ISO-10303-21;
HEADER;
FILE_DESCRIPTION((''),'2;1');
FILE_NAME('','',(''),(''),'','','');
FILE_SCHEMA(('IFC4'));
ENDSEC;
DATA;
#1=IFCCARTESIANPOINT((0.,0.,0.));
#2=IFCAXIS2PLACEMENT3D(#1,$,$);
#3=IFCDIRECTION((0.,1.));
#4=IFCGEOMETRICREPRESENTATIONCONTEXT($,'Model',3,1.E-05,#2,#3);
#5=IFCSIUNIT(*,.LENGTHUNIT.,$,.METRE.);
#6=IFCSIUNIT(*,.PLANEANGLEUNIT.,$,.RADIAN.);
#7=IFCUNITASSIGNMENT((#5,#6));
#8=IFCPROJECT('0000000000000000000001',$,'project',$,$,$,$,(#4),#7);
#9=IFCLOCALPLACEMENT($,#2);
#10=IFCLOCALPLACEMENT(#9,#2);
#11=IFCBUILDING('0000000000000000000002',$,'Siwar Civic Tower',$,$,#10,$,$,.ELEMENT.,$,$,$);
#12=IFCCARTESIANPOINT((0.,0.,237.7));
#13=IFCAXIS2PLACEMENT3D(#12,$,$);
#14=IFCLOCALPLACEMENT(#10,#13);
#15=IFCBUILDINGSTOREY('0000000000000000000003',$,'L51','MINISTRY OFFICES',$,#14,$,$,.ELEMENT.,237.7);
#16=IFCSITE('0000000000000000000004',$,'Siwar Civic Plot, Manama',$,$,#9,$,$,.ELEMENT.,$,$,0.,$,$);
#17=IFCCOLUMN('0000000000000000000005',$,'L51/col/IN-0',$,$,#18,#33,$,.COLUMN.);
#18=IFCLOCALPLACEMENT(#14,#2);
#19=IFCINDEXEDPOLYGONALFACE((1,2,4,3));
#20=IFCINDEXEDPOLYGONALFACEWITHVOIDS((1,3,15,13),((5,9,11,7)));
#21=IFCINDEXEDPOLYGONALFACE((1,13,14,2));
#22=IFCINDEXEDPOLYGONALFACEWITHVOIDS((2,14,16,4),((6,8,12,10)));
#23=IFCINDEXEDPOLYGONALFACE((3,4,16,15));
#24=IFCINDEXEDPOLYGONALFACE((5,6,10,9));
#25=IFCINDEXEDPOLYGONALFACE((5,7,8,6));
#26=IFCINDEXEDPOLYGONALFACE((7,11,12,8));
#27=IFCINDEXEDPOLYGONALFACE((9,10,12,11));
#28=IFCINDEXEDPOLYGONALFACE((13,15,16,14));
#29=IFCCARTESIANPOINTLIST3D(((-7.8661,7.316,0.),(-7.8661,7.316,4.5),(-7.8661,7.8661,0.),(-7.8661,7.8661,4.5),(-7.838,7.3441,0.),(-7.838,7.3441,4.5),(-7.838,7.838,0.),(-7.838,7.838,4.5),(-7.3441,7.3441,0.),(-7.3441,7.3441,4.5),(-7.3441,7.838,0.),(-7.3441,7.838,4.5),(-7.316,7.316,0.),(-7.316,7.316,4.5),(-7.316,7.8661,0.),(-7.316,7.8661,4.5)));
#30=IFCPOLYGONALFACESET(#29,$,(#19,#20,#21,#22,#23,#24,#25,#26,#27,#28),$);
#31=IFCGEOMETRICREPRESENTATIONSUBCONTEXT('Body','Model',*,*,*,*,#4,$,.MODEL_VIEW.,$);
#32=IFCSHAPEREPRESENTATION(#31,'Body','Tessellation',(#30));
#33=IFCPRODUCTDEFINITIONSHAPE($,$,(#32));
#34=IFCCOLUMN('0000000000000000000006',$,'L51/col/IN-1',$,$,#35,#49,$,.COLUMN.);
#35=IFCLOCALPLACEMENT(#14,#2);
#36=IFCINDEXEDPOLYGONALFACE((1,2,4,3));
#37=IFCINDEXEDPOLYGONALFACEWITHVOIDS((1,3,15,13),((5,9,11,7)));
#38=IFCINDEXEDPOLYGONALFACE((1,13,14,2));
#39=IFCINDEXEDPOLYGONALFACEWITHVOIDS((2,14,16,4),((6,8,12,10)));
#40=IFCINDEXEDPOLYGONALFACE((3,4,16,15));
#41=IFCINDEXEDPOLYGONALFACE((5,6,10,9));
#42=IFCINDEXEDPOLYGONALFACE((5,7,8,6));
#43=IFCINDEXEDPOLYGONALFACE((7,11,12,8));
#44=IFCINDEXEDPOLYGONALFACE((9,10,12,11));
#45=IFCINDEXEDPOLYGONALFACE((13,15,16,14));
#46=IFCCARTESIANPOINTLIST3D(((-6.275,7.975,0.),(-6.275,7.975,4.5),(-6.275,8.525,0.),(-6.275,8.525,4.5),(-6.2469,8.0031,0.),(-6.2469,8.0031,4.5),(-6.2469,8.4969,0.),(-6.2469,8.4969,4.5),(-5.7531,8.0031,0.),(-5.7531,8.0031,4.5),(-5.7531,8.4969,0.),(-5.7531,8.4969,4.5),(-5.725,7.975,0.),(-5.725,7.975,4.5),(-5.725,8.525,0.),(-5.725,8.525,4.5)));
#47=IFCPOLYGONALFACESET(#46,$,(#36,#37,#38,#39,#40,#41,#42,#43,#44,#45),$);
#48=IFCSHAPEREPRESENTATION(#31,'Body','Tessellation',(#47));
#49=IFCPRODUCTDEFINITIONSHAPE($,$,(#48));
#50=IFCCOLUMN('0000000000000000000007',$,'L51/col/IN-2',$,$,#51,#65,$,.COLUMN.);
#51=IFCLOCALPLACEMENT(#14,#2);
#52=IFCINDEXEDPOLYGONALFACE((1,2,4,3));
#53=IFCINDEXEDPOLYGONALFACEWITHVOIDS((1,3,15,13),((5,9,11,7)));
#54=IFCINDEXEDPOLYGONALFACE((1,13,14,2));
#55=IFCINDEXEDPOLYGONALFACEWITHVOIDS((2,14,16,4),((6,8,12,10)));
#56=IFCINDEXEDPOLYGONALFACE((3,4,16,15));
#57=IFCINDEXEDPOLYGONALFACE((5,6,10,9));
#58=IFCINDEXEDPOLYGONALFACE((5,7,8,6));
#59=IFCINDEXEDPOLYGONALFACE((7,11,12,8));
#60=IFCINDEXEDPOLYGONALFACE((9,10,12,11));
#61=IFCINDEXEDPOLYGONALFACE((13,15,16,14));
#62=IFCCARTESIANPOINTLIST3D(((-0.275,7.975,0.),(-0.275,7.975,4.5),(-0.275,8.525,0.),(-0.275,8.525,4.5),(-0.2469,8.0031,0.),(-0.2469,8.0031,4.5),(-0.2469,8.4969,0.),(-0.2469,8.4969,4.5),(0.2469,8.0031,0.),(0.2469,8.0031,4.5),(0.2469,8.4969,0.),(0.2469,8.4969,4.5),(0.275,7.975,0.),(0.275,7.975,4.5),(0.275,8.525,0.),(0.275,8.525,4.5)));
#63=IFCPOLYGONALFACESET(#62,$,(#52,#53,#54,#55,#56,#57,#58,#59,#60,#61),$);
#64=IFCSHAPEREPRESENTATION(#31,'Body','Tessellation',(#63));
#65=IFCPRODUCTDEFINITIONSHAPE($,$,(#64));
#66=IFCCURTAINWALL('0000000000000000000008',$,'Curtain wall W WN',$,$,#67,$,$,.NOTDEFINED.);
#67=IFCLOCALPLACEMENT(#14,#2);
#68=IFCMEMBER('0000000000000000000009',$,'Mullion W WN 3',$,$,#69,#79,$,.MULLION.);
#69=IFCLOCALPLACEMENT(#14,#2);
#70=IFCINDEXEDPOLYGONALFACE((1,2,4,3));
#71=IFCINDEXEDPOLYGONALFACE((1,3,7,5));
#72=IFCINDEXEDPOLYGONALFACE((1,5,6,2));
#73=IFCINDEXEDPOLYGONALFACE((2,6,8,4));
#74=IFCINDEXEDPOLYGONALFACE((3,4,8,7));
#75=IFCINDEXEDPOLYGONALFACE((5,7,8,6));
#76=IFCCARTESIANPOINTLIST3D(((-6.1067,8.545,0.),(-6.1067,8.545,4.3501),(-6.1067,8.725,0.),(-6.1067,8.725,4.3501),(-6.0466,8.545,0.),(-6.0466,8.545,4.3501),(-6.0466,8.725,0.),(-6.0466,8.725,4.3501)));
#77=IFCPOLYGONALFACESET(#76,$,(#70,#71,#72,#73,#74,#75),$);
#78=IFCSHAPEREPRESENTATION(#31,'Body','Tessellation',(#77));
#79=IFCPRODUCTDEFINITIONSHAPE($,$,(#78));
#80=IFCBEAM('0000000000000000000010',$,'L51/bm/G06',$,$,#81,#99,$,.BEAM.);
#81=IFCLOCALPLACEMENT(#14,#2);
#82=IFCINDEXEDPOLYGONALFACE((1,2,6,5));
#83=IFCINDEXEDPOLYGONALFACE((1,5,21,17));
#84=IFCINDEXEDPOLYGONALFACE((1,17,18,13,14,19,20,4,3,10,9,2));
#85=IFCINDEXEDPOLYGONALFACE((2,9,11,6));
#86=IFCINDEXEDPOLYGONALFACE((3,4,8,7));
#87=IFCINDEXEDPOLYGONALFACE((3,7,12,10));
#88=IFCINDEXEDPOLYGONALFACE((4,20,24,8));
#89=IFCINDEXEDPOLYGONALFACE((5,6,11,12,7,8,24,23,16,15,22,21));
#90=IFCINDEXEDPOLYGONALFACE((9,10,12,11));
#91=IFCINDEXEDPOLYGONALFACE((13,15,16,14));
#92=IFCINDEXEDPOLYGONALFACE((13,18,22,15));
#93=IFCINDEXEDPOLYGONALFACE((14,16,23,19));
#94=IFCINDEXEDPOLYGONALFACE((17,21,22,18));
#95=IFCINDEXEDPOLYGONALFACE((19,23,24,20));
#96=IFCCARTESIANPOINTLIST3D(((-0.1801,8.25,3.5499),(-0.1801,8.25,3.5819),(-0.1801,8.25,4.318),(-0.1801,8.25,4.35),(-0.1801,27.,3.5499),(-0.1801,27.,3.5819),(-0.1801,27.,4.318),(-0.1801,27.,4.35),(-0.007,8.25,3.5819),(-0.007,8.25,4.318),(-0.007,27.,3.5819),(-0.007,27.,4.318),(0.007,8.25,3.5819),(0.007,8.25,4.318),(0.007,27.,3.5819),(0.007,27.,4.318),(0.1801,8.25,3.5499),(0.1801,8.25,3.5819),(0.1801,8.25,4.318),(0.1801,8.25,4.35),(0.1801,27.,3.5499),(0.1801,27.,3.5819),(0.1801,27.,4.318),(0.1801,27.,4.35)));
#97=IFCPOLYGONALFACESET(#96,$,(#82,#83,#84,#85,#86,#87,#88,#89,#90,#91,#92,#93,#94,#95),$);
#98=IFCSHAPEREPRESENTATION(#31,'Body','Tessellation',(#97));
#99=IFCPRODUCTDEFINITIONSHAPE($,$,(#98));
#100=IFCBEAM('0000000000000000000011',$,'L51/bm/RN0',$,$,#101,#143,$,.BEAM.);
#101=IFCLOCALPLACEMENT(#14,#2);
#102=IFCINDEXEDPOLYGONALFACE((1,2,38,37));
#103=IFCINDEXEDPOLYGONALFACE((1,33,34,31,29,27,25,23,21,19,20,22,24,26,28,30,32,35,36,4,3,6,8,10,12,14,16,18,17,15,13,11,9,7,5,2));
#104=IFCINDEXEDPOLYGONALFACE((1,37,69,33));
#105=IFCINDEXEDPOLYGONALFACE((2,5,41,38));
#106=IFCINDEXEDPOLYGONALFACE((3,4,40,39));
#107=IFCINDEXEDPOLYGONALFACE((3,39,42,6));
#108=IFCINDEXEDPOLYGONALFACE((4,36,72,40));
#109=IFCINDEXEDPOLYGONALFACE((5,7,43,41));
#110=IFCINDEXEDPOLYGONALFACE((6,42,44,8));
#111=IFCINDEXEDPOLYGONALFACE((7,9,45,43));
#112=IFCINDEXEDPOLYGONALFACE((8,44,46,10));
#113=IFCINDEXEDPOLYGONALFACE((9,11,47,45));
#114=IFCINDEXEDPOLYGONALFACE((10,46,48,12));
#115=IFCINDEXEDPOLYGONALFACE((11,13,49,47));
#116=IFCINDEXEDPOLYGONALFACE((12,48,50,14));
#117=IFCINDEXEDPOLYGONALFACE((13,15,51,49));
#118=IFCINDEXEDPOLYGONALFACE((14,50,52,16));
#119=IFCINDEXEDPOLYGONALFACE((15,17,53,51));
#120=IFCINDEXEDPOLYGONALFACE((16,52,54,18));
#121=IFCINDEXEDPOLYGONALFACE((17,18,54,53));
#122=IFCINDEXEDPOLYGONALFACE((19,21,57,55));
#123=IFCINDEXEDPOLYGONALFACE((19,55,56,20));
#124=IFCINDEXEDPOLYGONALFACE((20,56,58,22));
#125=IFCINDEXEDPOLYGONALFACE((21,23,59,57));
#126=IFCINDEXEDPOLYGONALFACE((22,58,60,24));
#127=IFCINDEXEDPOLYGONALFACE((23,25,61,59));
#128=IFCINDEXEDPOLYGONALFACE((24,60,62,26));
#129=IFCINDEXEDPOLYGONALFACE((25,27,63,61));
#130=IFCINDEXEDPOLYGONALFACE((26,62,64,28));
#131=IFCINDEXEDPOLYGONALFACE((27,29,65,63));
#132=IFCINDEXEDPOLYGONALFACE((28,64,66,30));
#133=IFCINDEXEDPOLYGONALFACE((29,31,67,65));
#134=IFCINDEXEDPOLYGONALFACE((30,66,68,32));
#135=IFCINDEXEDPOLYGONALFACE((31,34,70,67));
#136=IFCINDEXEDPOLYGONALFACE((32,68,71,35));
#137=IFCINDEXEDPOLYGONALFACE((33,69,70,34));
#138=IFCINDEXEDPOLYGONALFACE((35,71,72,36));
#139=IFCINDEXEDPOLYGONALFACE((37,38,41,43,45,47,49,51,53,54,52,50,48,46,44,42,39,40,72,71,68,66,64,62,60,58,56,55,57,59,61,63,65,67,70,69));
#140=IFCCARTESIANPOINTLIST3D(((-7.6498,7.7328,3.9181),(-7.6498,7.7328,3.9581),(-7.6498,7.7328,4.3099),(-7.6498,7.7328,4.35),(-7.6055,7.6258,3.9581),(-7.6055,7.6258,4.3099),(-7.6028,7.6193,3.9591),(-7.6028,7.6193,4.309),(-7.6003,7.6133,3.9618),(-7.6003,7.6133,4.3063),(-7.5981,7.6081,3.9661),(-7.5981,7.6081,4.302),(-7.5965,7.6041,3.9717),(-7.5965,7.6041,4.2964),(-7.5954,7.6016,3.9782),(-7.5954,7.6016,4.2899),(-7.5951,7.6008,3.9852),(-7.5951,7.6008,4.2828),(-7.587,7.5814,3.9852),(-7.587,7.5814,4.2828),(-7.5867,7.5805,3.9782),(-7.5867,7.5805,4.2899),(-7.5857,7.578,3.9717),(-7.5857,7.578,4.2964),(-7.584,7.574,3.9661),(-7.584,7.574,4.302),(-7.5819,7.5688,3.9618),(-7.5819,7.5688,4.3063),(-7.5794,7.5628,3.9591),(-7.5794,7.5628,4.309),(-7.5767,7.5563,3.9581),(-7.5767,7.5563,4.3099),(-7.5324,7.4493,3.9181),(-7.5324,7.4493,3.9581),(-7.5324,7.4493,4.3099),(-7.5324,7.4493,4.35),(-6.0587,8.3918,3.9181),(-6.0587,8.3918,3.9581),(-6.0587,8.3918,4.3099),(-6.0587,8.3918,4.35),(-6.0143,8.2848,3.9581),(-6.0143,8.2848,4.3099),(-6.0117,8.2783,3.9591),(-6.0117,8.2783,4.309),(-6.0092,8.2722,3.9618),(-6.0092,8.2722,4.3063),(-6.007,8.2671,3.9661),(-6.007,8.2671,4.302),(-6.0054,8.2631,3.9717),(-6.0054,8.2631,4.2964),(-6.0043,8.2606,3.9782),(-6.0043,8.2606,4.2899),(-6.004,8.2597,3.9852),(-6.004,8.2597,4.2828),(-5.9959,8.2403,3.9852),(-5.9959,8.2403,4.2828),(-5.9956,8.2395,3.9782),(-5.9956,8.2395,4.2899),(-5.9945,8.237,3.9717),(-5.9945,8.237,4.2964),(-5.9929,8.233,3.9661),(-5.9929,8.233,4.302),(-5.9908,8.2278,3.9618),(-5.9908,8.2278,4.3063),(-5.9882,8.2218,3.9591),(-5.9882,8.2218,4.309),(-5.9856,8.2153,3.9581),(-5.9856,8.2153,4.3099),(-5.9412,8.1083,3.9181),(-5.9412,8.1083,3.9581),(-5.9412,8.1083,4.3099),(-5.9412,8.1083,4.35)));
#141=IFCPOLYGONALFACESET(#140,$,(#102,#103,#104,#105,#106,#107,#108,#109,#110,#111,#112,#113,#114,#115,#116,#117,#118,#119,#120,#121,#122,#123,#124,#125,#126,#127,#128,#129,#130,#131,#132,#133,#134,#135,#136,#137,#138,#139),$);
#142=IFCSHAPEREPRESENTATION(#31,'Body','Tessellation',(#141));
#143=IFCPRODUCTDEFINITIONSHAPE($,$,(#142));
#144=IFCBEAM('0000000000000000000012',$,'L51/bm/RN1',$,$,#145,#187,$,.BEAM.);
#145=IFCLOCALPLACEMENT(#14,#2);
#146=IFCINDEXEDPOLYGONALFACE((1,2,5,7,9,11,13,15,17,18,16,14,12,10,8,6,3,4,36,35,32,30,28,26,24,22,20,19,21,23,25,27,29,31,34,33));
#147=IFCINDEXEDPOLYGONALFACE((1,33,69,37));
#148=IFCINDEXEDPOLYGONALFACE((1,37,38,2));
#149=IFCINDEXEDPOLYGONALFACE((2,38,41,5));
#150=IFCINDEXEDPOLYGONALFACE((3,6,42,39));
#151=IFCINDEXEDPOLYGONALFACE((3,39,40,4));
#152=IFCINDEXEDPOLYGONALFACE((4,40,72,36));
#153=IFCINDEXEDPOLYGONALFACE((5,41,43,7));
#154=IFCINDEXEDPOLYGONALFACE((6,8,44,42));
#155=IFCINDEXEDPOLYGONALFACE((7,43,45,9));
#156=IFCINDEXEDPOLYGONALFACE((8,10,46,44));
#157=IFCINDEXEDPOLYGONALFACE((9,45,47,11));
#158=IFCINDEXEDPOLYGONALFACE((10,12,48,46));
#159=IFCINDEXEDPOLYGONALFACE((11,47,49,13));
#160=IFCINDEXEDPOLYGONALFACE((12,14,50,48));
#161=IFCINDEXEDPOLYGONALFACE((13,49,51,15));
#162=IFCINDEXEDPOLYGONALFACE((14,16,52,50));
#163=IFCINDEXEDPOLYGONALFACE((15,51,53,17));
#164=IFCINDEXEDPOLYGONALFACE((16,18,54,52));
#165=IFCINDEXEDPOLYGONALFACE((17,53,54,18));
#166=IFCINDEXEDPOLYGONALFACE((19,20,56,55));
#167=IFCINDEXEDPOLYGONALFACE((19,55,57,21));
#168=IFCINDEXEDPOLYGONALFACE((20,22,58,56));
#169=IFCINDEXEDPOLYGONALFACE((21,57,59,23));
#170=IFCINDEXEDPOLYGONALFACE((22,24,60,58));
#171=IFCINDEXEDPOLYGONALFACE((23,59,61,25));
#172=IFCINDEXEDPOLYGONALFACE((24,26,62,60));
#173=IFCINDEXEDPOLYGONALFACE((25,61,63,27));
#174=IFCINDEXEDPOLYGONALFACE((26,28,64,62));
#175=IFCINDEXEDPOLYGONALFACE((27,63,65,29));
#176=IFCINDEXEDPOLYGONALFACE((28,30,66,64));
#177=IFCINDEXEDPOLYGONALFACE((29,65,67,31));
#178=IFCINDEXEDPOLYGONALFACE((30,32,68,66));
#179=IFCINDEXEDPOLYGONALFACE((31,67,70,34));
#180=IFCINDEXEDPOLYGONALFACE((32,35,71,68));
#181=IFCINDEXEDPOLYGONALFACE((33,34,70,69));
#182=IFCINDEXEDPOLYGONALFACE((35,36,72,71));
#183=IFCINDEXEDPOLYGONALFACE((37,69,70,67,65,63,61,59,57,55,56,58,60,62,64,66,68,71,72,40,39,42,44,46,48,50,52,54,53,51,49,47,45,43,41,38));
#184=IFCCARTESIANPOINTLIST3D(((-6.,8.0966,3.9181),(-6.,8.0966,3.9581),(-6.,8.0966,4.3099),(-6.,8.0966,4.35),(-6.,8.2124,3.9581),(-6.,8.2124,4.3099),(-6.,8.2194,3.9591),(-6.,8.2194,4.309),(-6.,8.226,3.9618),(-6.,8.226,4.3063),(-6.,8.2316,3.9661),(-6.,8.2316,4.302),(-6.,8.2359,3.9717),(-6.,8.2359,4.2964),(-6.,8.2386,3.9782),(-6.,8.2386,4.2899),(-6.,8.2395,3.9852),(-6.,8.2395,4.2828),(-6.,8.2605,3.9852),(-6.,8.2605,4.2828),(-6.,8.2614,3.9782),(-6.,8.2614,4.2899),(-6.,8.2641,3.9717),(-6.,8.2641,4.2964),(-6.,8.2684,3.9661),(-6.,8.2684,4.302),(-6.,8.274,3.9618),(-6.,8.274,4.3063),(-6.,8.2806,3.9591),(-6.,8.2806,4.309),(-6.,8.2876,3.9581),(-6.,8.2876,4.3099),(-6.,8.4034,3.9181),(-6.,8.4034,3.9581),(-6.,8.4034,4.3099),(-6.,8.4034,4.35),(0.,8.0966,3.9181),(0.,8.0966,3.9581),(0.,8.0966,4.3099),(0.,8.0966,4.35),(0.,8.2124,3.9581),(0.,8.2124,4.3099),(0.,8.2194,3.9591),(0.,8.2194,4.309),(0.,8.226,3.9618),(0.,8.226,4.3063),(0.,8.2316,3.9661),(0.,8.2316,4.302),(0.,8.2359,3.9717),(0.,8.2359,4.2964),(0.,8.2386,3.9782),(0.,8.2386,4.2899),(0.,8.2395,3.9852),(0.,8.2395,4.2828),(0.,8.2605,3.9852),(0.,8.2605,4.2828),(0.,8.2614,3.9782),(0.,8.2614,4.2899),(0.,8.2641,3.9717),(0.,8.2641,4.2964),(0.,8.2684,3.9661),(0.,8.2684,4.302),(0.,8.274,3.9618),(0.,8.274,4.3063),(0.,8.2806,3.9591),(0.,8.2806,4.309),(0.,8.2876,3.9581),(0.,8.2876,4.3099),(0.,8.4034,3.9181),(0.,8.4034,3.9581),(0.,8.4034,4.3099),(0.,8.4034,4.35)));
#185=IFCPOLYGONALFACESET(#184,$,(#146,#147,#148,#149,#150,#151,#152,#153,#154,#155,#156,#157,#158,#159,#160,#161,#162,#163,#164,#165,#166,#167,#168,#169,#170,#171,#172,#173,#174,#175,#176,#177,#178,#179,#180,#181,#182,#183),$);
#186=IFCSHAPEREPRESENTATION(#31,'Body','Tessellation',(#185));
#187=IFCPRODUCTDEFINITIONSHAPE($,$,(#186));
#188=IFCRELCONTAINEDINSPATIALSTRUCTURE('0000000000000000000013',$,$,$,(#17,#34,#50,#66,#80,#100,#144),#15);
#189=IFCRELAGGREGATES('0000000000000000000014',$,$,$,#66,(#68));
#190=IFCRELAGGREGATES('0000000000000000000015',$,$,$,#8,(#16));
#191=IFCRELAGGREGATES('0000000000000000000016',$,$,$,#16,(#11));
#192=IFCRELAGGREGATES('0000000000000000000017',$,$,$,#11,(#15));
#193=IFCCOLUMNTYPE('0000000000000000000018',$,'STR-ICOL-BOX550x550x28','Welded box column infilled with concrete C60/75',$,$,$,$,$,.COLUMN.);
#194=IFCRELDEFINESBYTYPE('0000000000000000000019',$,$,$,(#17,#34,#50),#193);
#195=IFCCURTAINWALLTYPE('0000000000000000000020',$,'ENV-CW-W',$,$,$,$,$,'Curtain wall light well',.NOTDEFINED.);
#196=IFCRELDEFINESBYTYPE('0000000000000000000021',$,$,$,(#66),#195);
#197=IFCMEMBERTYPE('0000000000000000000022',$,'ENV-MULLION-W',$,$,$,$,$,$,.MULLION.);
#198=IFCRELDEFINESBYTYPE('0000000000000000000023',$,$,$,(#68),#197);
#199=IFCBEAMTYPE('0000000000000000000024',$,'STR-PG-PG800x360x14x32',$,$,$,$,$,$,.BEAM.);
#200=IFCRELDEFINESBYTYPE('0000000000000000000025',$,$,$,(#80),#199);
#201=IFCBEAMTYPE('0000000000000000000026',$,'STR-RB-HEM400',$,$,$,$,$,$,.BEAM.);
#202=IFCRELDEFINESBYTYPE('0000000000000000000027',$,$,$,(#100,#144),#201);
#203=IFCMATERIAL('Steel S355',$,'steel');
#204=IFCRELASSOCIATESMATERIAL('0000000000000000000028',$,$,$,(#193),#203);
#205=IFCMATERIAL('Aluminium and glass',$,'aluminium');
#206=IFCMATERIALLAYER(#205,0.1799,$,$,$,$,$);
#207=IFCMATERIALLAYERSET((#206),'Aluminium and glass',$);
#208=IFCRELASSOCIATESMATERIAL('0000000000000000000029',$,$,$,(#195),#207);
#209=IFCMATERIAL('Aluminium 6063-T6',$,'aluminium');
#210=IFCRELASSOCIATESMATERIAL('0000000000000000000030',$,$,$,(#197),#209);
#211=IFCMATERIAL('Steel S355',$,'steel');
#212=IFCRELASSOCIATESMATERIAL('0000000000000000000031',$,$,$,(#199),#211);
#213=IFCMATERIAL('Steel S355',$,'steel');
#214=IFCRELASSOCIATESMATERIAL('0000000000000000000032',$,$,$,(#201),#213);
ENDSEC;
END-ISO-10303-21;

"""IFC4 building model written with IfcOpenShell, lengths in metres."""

from ifc_helpers import new_model, si_unit, direction, frame, origin, origin_2d, place, context, subcontext, project, spatial, rectangle, hollow_rectangle, i_section, extrude, material, layer, layer_set, material_profile, profile_set, type_object, element, aggregate, save


model = new_model("IFC4")

# Units and contexts
model_context = context("Model", 3, precision=1e-05, world=origin(), true_north=direction((0.0, 1.0)))
body_context = subcontext(model_context, "Body", "Model", "MODEL_VIEW")
ifc_project = project(units=[si_unit("LENGTHUNIT", "METRE"), si_unit("PLANEANGLEUNIT", "RADIAN")], contexts=[model_context])

# Site, building, storey
site_placement = place(None, origin())
site = spatial("IfcSite", under=ifc_project, at=site_placement, Name="Siwar Civic Plot, Manama", CompositionType="ELEMENT", RefElevation=0.0)
building_placement = place(site_placement, origin())
building = spatial("IfcBuilding", under=site, at=building_placement, Name="Siwar Civic Tower", CompositionType="ELEMENT")
storey_placement = place(building_placement, frame((0.0, 0.0, 237.7)))
storey = spatial("IfcBuildingStorey", under=building, at=storey_placement, Name="L51", Description="MINISTRY OFFICES", CompositionType="ELEMENT", Elevation=237.7)

# Columns
ifc_material_1 = material(Name="Steel S355", Category="steel")
ifc_material_profile_1 = material_profile(ifc_material_1, hollow_rectangle(XDim=0.55, YDim=0.55, WallThickness=0.0281, at=origin_2d()), Name="BOX550x550x28")
ifc_profile_set_1 = profile_set([ifc_material_profile_1], Name="Steel S355")
column_type = type_object("IfcColumnType", Name="STR-ICOL-BOX550x550x28", Description="Welded box column infilled with concrete C60/75", PredefinedType="COLUMN", material=ifc_profile_set_1)
for number, where, z_axis, x_axis, name in (
    (1, (-7.5911, 7.5911, 0.0), (0.0, 0.0, 1.0), (1.0, 0.0, 0.0), "L51/col/IN-0"),
    (2, (-6.0, 8.25, 0.0), (0.0, 0.0, 1.0), (1.0, 0.0, 0.0), "L51/col/IN-1"),
    (3, (0.0, 8.25, 0.0), (0.0, 0.0, 1.0), (1.0, 0.0, 0.0), "L51/col/IN-2"),
):
    element("IfcColumn", number, at=place(storey_placement, frame(where, z_axis=z_axis, x_axis=x_axis)), inside=storey, type_object=column_type, Name=name, PredefinedType="COLUMN", context=body_context, shape_type="SweptSolid", body=[
        extrude(hollow_rectangle(XDim=0.55, YDim=0.55, WallThickness=0.0281, at=origin_2d()), origin(), (0.0, 0.0, 1.0), 4.5),
    ])

# Curtain wall, member
ifc_material_2 = material(Name="Aluminium and glass", Category="aluminium")
ifc_layer_1 = layer(ifc_material_2, 0.1799)
ifc_layer_set_1 = layer_set([ifc_layer_1], Name="Aluminium and glass")
curtain_wall_type = type_object("IfcCurtainWallType", Name="ENV-CW-W", ElementType="Curtain wall light well", PredefinedType="NOTDEFINED", material=ifc_layer_set_1)
curtain_wall_placement = place(storey_placement, origin())
curtain_wall = element("IfcCurtainWall", 4, at=curtain_wall_placement, inside=storey, type_object=curtain_wall_type, Name="Curtain wall W WN", PredefinedType="NOTDEFINED")
ifc_material_3 = material(Name="Aluminium 6063-T6", Category="aluminium")
ifc_material_profile_2 = material_profile(ifc_material_3, rectangle(XDim=0.1799, YDim=0.0601, at=origin_2d()), Name="AL 180x60")
ifc_profile_set_2 = profile_set([ifc_material_profile_2], Name="Aluminium 6063-T6")
member_type = type_object("IfcMemberType", Name="ENV-MULLION-W", PredefinedType="MULLION", material=ifc_profile_set_2)
member_placement = place(storey_placement, frame((-6.0767, 8.635, 0.0), z_axis=(0.0, 0.0, 1.0), x_axis=(0.0, -1.0, 0.0)))
member = element("IfcMember", 5, at=member_placement, type_object=member_type, Name="Mullion W WN 3", PredefinedType="MULLION", context=body_context, shape_type="SweptSolid", body=[
    extrude(rectangle(XDim=0.1799, YDim=0.0601, at=origin_2d()), origin(), (0.0, 0.0, 1.0), 4.3501),
])
aggregate(curtain_wall, [member])

# Beams
ifc_material_4 = material(Name="Steel S355", Category="steel")
ifc_material_profile_3 = material_profile(ifc_material_4, i_section(OverallWidth=0.3601, OverallDepth=0.8, WebThickness=0.0139, FlangeThickness=0.032, at=origin_2d()), Name="PG800x360x14x32")
ifc_profile_set_3 = profile_set([ifc_material_profile_3], Name="Steel S355")
beam_type_1 = type_object("IfcBeamType", Name="STR-PG-PG800x360x14x32", PredefinedType="BEAM", material=ifc_profile_set_3)
beam_1_placement = place(storey_placement, frame((0.0, 8.25, 3.95), z_axis=(0.0, 1.0, 0.0), x_axis=(-1.0, 0.0, 0.0)))
element("IfcBeam", 6, at=beam_1_placement, inside=storey, type_object=beam_type_1, Name="L51/bm/G06", PredefinedType="BEAM", context=body_context, shape_type="SweptSolid", body=[
    extrude(i_section(OverallWidth=0.3601, OverallDepth=0.8, WebThickness=0.0139, FlangeThickness=0.032, at=origin_2d()), origin(), (0.0, 0.0, 1.0), 18.75),
])
ifc_material_5 = material(Name="Steel S355", Category="steel")
ifc_material_profile_4 = material_profile(ifc_material_5, i_section(OverallWidth=0.3069, OverallDepth=0.4319, WebThickness=0.021, FlangeThickness=0.04, FilletRadius=0.0271, at=origin_2d()), Name="HEM400")
ifc_profile_set_4 = profile_set([ifc_material_profile_4], Name="Steel S355")
beam_type_2 = type_object("IfcBeamType", Name="STR-RB-HEM400", PredefinedType="BEAM", material=ifc_profile_set_4)
beam_2_placement = place(storey_placement, frame((-7.5911, 7.5911, 4.134), z_axis=(0.923901, 0.382631, 0.0), x_axis=(-0.382631, 0.923901, 0.0)))
element("IfcBeam", 7, at=beam_2_placement, inside=storey, type_object=beam_type_2, Name="L51/bm/RN0", PredefinedType="BEAM", context=body_context, shape_type="SweptSolid", body=[
    extrude(i_section(OverallWidth=0.3069, OverallDepth=0.4319, WebThickness=0.021, FlangeThickness=0.04, FilletRadius=0.0271, at=origin_2d()), origin(), (0.0, 0.0, 1.0), 1.7222),
])
for number, where, z_axis, x_axis, name in (
    (8, (-6.0, 8.25, 4.134), (1.0, 0.0, 0.0), (0.0, 1.0, 0.0), "L51/bm/RN1"),
):
    element("IfcBeam", number, at=place(storey_placement, frame(where, z_axis=z_axis, x_axis=x_axis)), inside=storey, type_object=beam_type_2, Name=name, PredefinedType="BEAM", context=body_context, shape_type="SweptSolid", body=[
        extrude(i_section(OverallWidth=0.3069, OverallDepth=0.4319, WebThickness=0.021, FlangeThickness=0.04, FilletRadius=0.0271, at=origin_2d()), origin(), (0.0, 0.0, 1.0), 6.0),
    ])

save(model, "model.ifc")
